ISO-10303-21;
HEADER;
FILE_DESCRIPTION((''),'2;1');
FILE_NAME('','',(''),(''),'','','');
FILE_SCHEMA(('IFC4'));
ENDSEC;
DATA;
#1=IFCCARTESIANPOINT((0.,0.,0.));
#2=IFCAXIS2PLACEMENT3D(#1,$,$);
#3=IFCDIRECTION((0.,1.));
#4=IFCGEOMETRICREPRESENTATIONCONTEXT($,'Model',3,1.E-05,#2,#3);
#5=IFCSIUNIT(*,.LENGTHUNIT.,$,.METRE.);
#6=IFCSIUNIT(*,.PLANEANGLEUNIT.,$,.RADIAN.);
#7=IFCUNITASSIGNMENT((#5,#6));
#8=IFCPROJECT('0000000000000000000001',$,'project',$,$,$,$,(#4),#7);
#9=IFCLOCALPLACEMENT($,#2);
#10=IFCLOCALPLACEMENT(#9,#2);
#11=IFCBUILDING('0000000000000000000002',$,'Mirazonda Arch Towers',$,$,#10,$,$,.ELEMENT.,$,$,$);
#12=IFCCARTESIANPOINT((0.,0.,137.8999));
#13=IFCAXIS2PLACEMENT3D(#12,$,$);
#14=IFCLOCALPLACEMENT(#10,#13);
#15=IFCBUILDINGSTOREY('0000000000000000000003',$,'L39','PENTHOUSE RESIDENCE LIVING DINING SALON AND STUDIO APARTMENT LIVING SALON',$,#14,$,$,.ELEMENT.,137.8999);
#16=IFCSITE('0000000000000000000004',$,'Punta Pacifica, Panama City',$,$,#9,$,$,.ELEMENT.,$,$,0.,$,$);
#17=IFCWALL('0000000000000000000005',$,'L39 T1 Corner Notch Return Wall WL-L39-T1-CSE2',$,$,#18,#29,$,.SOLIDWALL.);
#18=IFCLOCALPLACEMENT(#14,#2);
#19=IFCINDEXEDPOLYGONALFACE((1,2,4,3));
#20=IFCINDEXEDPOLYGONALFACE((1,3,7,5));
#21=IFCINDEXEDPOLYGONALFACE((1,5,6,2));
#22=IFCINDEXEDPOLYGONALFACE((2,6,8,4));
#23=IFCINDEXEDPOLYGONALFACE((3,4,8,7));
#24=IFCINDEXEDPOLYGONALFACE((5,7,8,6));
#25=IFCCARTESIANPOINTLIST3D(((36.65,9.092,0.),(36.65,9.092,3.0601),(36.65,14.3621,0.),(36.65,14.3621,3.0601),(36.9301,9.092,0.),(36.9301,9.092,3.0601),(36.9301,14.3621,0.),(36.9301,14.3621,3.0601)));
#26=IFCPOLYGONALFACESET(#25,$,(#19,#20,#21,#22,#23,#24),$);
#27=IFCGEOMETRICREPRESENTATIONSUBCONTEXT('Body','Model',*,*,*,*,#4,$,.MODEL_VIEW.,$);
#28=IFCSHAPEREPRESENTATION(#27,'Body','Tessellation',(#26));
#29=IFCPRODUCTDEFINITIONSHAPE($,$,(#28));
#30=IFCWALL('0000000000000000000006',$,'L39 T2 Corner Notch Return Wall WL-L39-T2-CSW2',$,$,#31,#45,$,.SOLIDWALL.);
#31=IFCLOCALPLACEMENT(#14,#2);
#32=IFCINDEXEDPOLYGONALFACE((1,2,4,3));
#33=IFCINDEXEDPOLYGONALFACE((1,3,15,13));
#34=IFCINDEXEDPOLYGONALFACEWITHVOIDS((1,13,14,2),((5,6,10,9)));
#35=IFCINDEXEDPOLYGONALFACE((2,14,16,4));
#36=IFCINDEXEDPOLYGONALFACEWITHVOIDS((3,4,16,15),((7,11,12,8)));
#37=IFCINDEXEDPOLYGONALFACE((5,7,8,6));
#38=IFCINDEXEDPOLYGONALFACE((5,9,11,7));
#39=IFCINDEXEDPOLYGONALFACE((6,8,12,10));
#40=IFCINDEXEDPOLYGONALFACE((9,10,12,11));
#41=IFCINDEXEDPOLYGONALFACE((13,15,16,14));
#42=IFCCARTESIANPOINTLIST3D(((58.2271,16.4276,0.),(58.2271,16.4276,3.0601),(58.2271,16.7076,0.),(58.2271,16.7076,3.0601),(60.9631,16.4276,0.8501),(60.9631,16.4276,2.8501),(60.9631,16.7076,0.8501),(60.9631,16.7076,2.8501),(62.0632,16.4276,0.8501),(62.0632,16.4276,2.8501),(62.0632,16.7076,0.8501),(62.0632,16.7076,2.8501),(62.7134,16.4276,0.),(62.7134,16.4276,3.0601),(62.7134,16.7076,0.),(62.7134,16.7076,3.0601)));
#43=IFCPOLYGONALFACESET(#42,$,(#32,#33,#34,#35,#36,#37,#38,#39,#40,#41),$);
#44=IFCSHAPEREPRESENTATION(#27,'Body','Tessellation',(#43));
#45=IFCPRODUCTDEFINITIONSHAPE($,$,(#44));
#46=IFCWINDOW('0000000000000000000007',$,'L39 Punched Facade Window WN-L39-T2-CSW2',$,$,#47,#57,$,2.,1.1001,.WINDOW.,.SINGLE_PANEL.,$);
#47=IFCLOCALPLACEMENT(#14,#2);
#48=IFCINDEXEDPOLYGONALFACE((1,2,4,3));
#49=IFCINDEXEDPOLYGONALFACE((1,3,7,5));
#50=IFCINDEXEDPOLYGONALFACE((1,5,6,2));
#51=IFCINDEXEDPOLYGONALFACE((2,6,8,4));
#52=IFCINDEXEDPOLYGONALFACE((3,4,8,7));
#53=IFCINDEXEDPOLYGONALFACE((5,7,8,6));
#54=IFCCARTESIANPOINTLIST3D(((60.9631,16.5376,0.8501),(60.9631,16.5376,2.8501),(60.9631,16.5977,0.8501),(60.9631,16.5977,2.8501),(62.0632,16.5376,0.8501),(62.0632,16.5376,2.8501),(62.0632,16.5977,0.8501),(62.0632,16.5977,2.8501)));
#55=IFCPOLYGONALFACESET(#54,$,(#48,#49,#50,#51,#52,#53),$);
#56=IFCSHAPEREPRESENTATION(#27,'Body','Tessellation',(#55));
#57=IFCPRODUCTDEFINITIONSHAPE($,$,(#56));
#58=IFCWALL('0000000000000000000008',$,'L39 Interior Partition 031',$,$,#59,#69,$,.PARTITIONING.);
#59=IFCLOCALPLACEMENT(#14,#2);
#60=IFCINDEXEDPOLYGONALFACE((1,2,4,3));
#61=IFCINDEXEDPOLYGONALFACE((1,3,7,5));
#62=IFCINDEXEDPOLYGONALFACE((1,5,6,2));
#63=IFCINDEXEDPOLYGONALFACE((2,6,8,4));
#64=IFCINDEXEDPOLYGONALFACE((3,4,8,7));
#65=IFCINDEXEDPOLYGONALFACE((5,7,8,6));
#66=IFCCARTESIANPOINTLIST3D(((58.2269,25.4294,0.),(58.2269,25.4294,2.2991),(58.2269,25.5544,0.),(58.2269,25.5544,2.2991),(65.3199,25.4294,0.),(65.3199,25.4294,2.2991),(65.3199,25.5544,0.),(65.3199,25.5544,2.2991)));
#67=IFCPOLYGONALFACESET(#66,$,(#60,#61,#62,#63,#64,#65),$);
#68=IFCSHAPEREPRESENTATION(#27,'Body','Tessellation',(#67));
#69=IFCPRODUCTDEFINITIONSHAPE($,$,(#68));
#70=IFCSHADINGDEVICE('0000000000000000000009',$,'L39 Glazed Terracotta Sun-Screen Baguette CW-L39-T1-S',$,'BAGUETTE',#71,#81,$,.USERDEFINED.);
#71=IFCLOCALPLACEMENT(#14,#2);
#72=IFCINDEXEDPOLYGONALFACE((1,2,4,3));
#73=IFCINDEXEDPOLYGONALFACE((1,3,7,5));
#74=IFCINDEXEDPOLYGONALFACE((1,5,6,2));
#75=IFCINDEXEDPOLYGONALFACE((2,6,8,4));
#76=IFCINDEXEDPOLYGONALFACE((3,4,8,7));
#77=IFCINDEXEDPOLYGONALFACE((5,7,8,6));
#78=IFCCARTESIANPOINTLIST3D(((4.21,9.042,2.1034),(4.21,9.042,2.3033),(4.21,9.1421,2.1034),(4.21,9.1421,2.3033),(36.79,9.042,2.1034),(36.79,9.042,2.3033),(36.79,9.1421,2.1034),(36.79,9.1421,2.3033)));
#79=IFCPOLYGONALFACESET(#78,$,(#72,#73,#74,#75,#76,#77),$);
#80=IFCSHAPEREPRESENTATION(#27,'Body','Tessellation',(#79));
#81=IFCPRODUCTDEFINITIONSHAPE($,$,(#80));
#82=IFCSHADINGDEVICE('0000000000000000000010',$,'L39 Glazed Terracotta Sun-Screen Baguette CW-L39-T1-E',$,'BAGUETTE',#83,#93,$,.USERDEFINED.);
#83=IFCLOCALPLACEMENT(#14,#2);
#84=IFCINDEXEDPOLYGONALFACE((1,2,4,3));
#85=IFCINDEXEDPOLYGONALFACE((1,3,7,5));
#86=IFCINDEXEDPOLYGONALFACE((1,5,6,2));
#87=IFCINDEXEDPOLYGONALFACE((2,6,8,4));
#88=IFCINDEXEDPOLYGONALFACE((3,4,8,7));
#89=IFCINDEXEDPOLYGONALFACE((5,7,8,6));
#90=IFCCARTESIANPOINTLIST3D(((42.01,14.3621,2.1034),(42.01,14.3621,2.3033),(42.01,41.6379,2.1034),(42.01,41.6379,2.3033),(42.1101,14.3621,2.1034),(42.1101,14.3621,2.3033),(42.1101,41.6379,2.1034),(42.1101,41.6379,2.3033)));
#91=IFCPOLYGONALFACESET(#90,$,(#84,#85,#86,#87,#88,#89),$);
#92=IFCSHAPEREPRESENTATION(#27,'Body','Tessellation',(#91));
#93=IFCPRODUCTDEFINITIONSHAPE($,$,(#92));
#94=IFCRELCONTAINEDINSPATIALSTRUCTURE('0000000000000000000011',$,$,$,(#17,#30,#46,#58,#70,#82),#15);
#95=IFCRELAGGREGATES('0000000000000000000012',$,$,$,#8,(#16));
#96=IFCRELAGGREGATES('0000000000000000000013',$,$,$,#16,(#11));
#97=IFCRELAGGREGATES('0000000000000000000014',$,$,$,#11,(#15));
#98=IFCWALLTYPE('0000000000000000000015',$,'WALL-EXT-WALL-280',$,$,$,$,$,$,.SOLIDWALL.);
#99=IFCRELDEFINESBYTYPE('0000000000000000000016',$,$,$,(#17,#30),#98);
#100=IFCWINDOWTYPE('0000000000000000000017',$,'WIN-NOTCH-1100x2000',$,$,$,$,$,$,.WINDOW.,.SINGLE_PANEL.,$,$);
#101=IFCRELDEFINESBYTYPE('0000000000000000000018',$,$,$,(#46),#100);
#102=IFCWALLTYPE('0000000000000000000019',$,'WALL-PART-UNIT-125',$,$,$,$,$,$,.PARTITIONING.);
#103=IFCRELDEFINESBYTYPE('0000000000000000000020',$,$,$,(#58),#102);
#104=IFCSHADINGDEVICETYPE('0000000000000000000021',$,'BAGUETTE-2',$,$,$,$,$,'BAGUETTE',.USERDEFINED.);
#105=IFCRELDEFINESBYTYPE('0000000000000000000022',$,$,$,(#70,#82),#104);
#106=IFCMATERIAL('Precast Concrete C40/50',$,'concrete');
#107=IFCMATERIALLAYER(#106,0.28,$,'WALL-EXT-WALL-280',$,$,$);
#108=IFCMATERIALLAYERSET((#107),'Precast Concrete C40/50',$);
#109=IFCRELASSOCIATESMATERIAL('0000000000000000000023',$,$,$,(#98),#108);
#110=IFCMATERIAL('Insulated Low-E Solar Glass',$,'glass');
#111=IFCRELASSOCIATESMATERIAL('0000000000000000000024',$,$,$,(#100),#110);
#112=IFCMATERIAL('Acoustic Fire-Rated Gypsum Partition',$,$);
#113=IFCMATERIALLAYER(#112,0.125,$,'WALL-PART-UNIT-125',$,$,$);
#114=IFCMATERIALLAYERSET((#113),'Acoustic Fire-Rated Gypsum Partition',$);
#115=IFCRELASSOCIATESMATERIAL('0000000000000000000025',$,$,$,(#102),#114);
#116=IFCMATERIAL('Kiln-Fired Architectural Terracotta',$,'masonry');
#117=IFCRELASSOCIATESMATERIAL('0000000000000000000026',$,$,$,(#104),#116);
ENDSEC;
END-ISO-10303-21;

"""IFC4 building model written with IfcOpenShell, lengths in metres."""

from ifc_helpers import new_model, si_unit, direction, frame, frame_2d, origin, origin_2d, place, context, subcontext, project, spatial, rectangle, extrude, material, layer, layer_set, material_profile, profile_set, type_object, element, fill, save


model = new_model("IFC4")

# Units and contexts
model_context = context("Model", 3, precision=1e-05, world=origin(), true_north=direction((0.0, 1.0)))
body_context = subcontext(model_context, "Body", "Model", "MODEL_VIEW")
ifc_project = project(units=[si_unit("LENGTHUNIT", "METRE"), si_unit("PLANEANGLEUNIT", "RADIAN")], contexts=[model_context])

# Site, building, storey
site_placement = place(None, origin())
site = spatial("IfcSite", under=ifc_project, at=site_placement, Name="Punta Pacifica, Panama City", CompositionType="ELEMENT", RefElevation=0.0)
building_placement = place(site_placement, origin())
building = spatial("IfcBuilding", under=site, at=building_placement, Name="Mirazonda Arch Towers", CompositionType="ELEMENT")
storey_placement = place(building_placement, frame((0.0, 0.0, 137.8999)))
storey = spatial("IfcBuildingStorey", under=building, at=storey_placement, Name="L39", Description="PENTHOUSE RESIDENCE LIVING DINING SALON AND STUDIO APARTMENT LIVING SALON", CompositionType="ELEMENT", Elevation=137.8999)

# Shared definitions
ifc_material_1 = material(Name="Insulated Low-E Solar Glass", Category="glass")

# Shared definitions
ifc_material_2 = material(Name="Precast Concrete C40/50", Category="concrete")
ifc_layer_1 = layer(ifc_material_2, 0.28, Name="WALL-EXT-WALL-280")
ifc_layer_set_1 = layer_set([ifc_layer_1], Name="Precast Concrete C40/50")
wall_type_1 = type_object("IfcWallType", Name="WALL-EXT-WALL-280", PredefinedType="SOLIDWALL", material=ifc_layer_set_1)
window_type = type_object("IfcWindowType", Name="WIN-NOTCH-1100x2000", PartitioningType="SINGLE_PANEL", PredefinedType="WINDOW", material=ifc_material_1)

# Wall
wall_1_placement = place(storey_placement, frame((36.79, 9.092, 0.0), z_axis=(0.0, 0.0, 1.0), x_axis=(0.0, 1.0, 0.0)))
element("IfcWall", 1, at=wall_1_placement, inside=storey, type_object=wall_type_1, Name="L39 T1 Corner Notch Return Wall WL-L39-T1-CSE2", PredefinedType="SOLIDWALL", context=body_context, shape_type="SweptSolid", body=[
    extrude(rectangle(XDim=5.27, YDim=0.28, at=frame_2d((2.635, 0.0))), origin(), (0.0, 0.0, 1.0), 3.0601),
])

# Wall, opening, window
wall_2_placement = place(storey_placement, frame((58.2271, 16.5676, 0.0), z_axis=(0.0, 0.0, 1.0), x_axis=(1.0, 0.0, 0.0)))
wall_2 = element("IfcWall", 2, at=wall_2_placement, inside=storey, type_object=wall_type_1, Name="L39 T2 Corner Notch Return Wall WL-L39-T2-CSW2", PredefinedType="SOLIDWALL", context=body_context, shape_type="SweptSolid", body=[
    extrude(rectangle(XDim=4.4863, YDim=0.28, at=frame_2d((2.2432, 0.0))), origin(), (0.0, 0.0, 1.0), 3.0601),
])
opening_1_placement = place(wall_2_placement, frame((2.7361, 0.0, 0.8501)))
opening_1 = element("IfcOpeningElement", 3, at=opening_1_placement, cuts=wall_2, PredefinedType="OPENING", context=body_context, shape_type="SweptSolid", body=[
    extrude(rectangle(XDim=1.1001, YDim=2.0, at=frame_2d((0.55, 1.0))), frame((0.0, 0.1499, 0.0), z_axis=(0.0, -1.0, 0.0), x_axis=(1.0, 0.0, 0.0)), (0.0, 0.0, 1.0), 0.3),
])
window_1_placement = place(opening_1_placement, origin())
window_1 = element("IfcWindow", 4, at=window_1_placement, inside=storey, type_object=window_type, Name="L39 Punched Facade Window WN-L39-T2-CSW2", OverallHeight=2.0, OverallWidth=1.1001, PartitioningType="SINGLE_PANEL", PredefinedType="WINDOW", context=body_context, shape_type="SweptSolid", body=[
    extrude(rectangle(XDim=1.1001, YDim=2.0, at=frame_2d((0.55, 1.0))), frame((0.0, 0.03, 0.0), z_axis=(0.0, -1.0, 0.0), x_axis=(1.0, 0.0, 0.0)), (0.0, 0.0, 1.0), 0.0601),
])
fill(opening_1, window_1)

# Wall
ifc_material_3 = material(Name="Acoustic Fire-Rated Gypsum Partition")
ifc_layer_2 = layer(ifc_material_3, 0.125, Name="WALL-PART-UNIT-125")
ifc_layer_set_2 = layer_set([ifc_layer_2], Name="Acoustic Fire-Rated Gypsum Partition")
wall_type_2 = type_object("IfcWallType", Name="WALL-PART-UNIT-125", PredefinedType="PARTITIONING", material=ifc_layer_set_2)
wall_3_placement = place(storey_placement, frame((58.2271, 25.4919, 0.0), z_axis=(0.0, 0.0, 1.0), x_axis=(1.0, 0.0, 0.0)))
element("IfcWall", 5, at=wall_3_placement, inside=storey, type_object=wall_type_2, Name="L39 Interior Partition 031", PredefinedType="PARTITIONING", context=body_context, shape_type="SweptSolid", body=[
    extrude(rectangle(XDim=7.093, YDim=0.125, at=frame_2d((3.5464, 0.0))), origin(), (0.0, 0.0, 1.0), 2.2991),
])

# Shading devices
ifc_material_4 = material(Name="Kiln-Fired Architectural Terracotta", Category="masonry")
ifc_material_profile_1 = material_profile(ifc_material_4, rectangle(XDim=0.1001, YDim=0.2, at=origin_2d()), Name="TERRA-BAG-100x200")
ifc_profile_set_1 = profile_set([ifc_material_profile_1], Name="Kiln-Fired Architectural Terracotta")
shading_device_type = type_object("IfcShadingDeviceType", Name="BAGUETTE-2", ElementType="BAGUETTE", PredefinedType="USERDEFINED", material=ifc_profile_set_1)
shading_device_1_placement = place(storey_placement, frame((36.79, 9.092, 2.2034), z_axis=(-1.0, 0.0, 0.0), x_axis=(0.0, -1.0, 0.0)))
element("IfcShadingDevice", 6, at=shading_device_1_placement, inside=storey, type_object=shading_device_type, Name="L39 Glazed Terracotta Sun-Screen Baguette CW-L39-T1-S", ObjectType="BAGUETTE", PredefinedType="USERDEFINED", context=body_context, shape_type="SweptSolid", body=[
    extrude(rectangle(XDim=0.1001, YDim=0.2, at=origin_2d()), origin(), (0.0, 0.0, 1.0), 32.5801),
])
shading_device_2_placement = place(storey_placement, frame((42.0601, 14.3621, 2.2034), z_axis=(0.0, 1.0, 0.0), x_axis=(-1.0, 0.0, 0.0)))
element("IfcShadingDevice", 7, at=shading_device_2_placement, inside=storey, type_object=shading_device_type, Name="L39 Glazed Terracotta Sun-Screen Baguette CW-L39-T1-E", ObjectType="BAGUETTE", PredefinedType="USERDEFINED", context=body_context, shape_type="SweptSolid", body=[
    extrude(rectangle(XDim=0.1001, YDim=0.2, at=origin_2d()), origin(), (0.0, 0.0, 1.0), 27.2759),
])

save(model, "model.ifc")
